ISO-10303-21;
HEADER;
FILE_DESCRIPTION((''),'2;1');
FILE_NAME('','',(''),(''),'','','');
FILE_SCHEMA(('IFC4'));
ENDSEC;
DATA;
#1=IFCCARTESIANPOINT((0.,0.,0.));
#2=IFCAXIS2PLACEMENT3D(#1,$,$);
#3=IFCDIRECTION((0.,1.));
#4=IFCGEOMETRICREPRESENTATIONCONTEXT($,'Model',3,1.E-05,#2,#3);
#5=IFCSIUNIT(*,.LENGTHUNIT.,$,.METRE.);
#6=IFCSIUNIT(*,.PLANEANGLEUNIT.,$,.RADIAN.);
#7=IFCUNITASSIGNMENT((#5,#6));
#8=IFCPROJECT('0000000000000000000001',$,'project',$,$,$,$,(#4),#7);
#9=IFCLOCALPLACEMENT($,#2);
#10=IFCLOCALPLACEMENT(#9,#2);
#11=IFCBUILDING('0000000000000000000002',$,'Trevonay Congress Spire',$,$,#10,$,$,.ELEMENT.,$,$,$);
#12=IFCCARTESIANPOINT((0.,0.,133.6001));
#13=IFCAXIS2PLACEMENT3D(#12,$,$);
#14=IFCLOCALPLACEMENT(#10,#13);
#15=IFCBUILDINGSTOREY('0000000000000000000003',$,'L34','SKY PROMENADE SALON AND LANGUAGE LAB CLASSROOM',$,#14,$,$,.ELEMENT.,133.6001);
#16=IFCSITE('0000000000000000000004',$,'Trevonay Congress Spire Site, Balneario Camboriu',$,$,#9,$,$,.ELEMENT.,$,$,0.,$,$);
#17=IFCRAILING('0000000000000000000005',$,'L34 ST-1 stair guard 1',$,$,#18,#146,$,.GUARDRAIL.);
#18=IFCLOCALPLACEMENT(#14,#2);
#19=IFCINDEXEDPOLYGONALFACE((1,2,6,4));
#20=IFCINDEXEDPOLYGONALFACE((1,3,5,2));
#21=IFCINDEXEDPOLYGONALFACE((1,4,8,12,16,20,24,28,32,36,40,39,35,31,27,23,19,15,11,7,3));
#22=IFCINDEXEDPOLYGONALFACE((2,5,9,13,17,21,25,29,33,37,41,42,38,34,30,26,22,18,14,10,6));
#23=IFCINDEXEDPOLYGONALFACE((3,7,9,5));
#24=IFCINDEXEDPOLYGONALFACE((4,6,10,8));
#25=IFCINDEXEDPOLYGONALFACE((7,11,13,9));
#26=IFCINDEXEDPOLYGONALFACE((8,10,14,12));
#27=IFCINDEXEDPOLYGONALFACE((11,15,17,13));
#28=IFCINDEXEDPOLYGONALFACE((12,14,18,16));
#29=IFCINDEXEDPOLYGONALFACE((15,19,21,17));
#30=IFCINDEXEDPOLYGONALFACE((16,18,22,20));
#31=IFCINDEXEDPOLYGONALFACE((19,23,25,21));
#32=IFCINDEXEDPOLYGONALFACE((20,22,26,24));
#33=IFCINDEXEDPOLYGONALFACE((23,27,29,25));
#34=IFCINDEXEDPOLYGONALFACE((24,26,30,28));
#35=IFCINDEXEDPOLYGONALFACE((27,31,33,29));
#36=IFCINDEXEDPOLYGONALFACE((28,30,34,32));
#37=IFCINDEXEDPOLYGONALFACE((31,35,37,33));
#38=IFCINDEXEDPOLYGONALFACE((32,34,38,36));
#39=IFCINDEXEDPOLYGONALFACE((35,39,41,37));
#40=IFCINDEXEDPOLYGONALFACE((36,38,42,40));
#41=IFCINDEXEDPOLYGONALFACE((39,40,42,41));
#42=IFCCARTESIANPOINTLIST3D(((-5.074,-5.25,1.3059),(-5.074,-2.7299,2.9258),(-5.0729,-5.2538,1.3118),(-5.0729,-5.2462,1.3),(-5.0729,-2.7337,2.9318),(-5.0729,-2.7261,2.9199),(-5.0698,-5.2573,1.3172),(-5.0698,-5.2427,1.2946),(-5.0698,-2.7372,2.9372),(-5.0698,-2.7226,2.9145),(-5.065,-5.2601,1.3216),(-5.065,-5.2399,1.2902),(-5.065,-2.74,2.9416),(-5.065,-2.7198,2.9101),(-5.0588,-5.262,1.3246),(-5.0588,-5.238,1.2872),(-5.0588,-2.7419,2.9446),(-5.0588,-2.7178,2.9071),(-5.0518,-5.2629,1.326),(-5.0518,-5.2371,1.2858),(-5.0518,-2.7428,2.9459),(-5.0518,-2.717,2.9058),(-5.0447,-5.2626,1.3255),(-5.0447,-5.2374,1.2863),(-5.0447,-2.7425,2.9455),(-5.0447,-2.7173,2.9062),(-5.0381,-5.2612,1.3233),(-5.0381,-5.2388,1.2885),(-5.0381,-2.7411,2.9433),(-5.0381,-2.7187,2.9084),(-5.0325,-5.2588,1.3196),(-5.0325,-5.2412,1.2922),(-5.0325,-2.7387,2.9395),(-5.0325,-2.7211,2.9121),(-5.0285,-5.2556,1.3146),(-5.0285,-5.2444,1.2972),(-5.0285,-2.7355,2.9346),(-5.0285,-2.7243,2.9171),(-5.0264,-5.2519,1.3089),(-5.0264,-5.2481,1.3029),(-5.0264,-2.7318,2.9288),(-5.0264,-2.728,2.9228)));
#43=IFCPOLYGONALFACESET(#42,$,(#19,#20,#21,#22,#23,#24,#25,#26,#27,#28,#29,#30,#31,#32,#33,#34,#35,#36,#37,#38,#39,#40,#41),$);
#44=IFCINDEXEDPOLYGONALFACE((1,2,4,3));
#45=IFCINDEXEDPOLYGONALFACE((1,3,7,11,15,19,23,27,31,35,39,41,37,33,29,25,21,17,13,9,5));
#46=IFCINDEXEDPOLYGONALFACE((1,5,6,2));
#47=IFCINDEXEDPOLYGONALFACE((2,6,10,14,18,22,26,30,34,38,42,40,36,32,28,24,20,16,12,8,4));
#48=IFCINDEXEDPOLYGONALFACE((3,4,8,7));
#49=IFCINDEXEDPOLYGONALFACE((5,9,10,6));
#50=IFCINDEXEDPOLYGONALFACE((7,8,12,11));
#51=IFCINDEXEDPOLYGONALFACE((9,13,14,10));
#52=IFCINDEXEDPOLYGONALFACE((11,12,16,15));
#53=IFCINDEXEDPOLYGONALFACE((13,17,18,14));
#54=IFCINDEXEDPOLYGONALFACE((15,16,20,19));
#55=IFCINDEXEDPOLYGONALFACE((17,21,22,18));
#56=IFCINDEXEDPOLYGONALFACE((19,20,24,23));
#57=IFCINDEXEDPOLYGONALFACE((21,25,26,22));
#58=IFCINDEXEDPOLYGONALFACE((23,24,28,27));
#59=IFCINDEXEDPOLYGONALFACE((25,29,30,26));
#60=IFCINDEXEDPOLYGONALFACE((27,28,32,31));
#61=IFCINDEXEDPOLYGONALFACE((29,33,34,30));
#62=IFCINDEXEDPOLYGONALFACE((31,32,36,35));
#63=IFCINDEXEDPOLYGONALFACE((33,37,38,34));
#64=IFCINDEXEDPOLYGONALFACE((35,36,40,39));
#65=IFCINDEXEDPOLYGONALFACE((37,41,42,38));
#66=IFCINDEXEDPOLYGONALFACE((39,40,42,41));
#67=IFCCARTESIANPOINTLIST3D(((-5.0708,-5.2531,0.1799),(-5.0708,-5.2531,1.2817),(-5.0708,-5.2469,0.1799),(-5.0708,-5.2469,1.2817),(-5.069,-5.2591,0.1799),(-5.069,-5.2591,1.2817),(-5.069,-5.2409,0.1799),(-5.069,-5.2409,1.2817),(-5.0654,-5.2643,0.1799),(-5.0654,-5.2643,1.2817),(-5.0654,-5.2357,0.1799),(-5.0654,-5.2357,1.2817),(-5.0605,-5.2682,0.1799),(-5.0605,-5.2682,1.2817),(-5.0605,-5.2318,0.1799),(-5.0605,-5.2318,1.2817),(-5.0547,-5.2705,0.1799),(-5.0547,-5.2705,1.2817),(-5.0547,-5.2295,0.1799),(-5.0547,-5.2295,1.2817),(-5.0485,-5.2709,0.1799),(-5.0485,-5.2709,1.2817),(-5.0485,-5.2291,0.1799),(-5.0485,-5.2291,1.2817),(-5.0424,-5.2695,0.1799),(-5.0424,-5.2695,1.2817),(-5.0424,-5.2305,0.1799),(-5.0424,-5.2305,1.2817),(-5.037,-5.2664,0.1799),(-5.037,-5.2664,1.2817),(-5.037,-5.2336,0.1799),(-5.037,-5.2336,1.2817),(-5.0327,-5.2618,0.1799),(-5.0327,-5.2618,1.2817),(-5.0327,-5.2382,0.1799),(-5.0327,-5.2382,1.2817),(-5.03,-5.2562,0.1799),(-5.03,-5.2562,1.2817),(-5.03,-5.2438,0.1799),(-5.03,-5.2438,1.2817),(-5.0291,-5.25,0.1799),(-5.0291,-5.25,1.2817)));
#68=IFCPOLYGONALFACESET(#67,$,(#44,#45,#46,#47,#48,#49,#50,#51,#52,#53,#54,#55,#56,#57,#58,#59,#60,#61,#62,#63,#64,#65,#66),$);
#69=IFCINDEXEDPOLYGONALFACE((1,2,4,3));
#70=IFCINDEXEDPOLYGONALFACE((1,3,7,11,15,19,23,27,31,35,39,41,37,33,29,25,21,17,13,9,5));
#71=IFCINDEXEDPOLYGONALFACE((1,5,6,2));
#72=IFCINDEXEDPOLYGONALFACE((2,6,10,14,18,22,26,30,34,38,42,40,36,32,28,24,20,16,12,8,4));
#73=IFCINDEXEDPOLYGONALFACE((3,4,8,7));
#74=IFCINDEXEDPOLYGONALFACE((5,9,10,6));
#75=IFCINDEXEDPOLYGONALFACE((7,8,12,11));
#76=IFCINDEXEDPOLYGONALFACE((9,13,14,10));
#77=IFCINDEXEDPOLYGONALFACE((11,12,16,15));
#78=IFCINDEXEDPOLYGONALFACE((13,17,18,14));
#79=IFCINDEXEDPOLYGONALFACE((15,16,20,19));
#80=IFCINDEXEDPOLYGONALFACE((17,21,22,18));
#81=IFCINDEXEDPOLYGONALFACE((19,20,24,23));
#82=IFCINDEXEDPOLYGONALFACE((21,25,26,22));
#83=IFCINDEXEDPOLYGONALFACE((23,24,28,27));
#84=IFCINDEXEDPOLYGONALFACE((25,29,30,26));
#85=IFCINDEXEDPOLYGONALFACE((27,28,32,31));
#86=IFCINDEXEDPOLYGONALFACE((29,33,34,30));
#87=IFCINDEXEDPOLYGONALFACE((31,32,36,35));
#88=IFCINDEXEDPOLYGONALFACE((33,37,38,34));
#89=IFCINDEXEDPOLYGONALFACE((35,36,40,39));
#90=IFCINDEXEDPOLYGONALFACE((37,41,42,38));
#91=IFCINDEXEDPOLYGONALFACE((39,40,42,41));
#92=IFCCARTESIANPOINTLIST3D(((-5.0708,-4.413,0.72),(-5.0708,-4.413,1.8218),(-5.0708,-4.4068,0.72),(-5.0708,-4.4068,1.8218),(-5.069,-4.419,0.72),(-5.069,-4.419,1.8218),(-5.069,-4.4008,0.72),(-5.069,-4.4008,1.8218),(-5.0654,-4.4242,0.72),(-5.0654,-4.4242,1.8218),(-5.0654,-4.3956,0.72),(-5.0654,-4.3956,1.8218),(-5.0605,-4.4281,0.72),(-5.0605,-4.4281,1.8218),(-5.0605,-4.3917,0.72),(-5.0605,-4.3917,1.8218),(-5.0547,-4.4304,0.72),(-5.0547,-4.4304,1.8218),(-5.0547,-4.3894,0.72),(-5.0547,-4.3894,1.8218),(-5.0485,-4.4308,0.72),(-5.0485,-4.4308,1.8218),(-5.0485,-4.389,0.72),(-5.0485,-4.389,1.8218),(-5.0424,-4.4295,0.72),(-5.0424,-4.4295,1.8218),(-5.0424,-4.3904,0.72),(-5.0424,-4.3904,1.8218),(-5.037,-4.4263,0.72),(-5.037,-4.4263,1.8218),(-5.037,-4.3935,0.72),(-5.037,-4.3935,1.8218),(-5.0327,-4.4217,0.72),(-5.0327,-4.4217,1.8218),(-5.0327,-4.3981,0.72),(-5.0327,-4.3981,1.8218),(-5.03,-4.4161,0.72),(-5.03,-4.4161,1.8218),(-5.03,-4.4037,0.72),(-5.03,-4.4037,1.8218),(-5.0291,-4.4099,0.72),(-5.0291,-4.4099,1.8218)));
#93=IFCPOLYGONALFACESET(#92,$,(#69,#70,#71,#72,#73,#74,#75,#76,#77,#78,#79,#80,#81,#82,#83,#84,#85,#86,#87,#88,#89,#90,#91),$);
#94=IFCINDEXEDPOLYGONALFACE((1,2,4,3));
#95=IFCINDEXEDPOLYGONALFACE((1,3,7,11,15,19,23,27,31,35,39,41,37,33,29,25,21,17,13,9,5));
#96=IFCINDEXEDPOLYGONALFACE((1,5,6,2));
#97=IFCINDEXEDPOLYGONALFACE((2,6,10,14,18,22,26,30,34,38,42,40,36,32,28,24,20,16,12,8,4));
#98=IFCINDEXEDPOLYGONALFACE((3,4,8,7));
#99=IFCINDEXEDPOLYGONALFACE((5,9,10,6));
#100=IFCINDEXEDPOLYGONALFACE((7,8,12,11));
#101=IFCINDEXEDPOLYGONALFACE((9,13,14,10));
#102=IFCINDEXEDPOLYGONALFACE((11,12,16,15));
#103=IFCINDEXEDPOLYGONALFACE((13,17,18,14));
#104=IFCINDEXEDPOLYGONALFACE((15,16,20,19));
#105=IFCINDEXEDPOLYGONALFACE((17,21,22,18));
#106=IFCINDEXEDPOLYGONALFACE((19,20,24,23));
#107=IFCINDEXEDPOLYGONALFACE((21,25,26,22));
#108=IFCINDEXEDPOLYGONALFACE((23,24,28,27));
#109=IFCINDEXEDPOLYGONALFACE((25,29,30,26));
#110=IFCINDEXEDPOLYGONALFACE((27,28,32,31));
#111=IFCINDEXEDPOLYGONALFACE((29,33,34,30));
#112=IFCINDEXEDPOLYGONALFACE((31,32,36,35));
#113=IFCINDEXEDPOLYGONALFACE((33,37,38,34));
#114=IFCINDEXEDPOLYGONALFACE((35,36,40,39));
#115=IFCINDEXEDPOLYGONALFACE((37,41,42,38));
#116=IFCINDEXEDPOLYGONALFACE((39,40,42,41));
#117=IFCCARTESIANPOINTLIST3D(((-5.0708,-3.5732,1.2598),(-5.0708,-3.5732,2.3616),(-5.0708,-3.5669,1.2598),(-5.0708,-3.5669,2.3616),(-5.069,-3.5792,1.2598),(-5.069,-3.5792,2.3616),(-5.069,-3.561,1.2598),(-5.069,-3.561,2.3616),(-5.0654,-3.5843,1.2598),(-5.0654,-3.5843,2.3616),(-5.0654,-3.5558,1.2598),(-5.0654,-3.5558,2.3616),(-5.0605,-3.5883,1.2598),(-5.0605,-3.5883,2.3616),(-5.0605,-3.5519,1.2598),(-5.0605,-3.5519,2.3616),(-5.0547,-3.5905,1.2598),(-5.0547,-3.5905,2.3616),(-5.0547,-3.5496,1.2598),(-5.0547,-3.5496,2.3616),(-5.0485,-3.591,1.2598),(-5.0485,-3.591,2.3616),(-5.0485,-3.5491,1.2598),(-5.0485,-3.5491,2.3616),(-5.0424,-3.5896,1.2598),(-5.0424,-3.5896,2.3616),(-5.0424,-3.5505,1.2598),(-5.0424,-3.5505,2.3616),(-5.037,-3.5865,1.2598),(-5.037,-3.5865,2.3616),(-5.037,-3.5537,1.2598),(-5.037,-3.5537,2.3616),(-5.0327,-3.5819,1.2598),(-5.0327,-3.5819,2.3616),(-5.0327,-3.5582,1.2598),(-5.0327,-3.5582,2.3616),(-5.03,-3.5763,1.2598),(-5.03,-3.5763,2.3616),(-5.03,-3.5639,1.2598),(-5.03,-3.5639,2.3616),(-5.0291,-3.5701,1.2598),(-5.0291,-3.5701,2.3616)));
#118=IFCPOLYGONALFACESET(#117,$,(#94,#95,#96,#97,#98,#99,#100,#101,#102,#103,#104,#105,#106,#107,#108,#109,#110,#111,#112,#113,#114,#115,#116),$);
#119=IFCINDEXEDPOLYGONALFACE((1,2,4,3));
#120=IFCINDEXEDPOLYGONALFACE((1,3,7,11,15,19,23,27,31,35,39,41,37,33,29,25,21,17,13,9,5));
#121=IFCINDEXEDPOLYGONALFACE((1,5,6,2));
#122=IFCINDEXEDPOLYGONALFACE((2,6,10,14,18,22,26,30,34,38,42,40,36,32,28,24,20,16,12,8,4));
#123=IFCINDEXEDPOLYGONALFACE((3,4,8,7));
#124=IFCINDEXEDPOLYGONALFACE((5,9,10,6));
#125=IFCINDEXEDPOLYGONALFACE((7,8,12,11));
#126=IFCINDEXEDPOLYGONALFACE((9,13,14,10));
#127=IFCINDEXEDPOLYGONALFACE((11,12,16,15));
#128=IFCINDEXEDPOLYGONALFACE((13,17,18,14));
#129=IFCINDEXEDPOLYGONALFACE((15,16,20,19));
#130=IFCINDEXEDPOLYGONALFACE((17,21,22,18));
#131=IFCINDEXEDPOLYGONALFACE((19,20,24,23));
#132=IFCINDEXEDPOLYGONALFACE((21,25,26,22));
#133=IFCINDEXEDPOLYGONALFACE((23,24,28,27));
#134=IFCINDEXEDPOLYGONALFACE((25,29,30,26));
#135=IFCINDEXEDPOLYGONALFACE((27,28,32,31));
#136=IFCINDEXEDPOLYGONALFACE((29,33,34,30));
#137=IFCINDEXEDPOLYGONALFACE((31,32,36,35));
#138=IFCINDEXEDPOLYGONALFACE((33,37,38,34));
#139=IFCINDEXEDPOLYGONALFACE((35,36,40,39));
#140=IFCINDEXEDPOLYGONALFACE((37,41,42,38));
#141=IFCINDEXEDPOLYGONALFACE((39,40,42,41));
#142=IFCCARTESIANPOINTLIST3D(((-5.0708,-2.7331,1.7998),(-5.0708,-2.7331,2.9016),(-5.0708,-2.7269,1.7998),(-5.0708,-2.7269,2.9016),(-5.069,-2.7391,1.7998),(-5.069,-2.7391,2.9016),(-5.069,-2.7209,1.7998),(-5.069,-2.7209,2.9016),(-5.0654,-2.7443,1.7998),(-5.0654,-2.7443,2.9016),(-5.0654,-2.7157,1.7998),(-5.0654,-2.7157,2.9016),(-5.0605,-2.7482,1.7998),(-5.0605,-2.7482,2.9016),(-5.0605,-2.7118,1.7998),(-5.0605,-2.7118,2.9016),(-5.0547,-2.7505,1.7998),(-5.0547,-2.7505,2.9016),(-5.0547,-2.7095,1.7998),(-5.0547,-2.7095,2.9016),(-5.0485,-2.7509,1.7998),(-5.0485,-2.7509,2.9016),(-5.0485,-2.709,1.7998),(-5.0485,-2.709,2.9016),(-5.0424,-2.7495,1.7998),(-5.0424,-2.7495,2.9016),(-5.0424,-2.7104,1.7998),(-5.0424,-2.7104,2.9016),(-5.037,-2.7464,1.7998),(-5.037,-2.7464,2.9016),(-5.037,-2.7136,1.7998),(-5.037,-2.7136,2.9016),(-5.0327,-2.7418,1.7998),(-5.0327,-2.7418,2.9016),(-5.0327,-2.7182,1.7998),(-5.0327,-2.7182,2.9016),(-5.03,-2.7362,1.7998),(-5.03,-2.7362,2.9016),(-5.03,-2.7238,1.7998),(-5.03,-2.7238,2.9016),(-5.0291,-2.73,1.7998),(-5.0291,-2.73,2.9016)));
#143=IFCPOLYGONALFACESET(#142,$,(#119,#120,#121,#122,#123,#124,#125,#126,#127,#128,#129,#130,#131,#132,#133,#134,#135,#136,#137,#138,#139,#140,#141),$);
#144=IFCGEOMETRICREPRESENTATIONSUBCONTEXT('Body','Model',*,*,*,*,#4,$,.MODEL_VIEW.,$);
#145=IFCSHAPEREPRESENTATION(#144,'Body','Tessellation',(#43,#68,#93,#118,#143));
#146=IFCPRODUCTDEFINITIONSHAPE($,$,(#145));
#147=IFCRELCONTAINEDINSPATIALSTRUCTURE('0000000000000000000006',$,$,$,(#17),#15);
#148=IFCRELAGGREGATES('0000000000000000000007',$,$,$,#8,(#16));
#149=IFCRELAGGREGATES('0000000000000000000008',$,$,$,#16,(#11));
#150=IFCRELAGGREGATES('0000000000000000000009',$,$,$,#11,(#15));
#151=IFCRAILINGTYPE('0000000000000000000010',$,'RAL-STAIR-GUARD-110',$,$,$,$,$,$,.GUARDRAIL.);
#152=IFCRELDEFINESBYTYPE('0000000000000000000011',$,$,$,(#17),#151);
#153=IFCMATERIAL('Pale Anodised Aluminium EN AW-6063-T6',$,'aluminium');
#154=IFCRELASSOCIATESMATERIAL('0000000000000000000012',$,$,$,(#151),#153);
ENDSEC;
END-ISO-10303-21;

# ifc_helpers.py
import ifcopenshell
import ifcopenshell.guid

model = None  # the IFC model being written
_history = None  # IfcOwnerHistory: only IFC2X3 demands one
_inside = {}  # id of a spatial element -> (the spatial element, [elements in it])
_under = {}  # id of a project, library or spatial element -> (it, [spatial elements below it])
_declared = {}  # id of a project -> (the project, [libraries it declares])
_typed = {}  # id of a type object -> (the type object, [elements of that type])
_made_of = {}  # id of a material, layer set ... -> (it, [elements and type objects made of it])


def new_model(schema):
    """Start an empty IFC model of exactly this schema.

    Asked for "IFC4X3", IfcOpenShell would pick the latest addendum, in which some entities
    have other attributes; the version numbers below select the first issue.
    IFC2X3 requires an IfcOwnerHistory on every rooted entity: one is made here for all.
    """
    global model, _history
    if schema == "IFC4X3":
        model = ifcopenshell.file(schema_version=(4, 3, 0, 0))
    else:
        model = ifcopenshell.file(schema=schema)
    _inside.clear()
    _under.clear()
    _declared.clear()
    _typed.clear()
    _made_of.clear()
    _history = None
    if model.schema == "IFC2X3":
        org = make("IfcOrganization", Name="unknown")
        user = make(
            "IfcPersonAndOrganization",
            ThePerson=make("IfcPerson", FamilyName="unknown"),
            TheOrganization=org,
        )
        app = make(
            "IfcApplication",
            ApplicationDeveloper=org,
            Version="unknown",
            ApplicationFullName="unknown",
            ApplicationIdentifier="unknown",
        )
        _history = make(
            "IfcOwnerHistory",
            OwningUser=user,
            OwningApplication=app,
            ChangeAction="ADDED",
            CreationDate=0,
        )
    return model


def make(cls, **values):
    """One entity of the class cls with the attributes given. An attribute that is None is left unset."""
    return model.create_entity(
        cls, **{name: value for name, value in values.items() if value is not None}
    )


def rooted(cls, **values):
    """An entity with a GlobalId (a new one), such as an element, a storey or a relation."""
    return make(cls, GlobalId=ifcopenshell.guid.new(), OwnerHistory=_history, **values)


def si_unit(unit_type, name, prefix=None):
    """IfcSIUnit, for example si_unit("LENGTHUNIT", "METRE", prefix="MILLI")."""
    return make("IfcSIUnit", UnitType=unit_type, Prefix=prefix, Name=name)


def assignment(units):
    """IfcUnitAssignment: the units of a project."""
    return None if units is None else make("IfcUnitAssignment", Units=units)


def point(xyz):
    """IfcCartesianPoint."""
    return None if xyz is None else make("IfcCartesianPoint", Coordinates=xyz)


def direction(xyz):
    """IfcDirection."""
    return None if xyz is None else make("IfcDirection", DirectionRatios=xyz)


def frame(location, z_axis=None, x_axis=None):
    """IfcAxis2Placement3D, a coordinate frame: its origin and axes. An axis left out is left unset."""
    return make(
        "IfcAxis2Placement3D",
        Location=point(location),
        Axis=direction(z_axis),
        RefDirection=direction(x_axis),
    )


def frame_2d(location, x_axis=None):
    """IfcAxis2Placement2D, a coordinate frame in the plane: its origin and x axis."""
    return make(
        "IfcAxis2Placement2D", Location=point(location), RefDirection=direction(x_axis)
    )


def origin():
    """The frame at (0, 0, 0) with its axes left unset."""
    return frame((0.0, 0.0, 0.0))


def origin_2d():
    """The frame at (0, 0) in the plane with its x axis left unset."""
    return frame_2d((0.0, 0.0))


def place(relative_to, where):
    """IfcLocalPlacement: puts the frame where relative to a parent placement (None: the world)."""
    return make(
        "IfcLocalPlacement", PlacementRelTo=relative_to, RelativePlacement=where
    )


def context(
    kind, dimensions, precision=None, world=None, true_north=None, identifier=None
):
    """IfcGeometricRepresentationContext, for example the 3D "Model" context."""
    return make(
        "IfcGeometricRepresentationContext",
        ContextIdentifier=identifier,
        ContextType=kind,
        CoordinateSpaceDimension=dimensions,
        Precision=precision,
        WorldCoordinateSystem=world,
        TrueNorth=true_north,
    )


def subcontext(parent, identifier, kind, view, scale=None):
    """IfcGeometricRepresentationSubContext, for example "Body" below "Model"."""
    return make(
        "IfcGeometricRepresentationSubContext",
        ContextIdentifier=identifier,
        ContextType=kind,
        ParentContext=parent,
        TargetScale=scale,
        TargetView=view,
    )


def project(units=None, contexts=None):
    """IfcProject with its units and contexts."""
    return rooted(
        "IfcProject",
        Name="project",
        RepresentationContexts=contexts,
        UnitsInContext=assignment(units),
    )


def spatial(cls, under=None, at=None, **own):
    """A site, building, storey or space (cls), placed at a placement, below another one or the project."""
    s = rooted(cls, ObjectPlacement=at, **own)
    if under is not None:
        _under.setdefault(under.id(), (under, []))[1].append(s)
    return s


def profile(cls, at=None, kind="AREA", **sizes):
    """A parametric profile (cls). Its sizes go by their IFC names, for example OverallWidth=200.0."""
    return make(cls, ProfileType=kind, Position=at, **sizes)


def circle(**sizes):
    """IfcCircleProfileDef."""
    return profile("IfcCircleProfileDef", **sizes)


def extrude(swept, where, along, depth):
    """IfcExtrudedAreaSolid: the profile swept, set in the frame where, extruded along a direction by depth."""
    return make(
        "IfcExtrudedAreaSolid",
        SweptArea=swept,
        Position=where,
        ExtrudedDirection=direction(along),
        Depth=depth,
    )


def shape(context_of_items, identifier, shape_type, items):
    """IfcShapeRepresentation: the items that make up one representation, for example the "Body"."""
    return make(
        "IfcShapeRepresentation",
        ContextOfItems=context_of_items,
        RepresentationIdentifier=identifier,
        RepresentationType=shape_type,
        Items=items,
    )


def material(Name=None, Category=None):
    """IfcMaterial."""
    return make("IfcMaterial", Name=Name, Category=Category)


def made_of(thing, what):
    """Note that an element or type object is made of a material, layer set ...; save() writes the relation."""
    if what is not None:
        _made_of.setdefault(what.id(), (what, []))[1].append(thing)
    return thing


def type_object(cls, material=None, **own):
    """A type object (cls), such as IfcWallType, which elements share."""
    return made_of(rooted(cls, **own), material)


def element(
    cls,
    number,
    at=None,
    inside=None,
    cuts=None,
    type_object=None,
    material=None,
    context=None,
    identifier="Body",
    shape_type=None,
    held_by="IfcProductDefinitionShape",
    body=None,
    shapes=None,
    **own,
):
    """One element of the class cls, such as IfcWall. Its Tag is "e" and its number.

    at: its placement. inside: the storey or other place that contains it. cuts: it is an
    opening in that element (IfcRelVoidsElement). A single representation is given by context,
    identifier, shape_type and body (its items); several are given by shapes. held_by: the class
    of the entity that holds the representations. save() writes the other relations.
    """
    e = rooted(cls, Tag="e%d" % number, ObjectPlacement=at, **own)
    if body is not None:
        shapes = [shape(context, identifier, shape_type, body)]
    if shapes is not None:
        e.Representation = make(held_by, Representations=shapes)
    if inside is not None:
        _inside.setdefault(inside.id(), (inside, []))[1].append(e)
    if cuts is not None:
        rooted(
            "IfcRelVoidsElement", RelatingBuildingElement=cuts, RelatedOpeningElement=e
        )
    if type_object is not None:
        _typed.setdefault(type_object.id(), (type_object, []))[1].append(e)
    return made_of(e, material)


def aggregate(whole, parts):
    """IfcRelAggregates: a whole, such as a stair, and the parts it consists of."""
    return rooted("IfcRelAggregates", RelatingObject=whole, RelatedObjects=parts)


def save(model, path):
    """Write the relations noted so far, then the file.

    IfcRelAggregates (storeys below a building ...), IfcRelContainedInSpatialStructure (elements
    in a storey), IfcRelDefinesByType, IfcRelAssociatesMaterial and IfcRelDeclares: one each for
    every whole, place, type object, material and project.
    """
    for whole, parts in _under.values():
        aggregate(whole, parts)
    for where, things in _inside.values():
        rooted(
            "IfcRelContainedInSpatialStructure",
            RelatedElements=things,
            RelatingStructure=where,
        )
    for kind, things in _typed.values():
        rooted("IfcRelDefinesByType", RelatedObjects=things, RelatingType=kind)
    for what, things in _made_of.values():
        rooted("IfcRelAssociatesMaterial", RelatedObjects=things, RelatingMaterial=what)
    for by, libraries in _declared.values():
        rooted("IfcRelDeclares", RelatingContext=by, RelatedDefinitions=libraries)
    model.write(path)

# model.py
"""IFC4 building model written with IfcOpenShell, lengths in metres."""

from ifc_helpers import new_model, si_unit, direction, frame, origin, origin_2d, place, context, subcontext, project, spatial, circle, extrude, material, type_object, element, save


model = new_model("IFC4")

# Units and contexts
model_context = context("Model", 3, precision=1e-05, world=origin(), true_north=direction((0.0, 1.0)))
body_context = subcontext(model_context, "Body", "Model", "MODEL_VIEW")
ifc_project = project(units=[si_unit("LENGTHUNIT", "METRE"), si_unit("PLANEANGLEUNIT", "RADIAN")], contexts=[model_context])

# Site, building, storey
site_placement = place(None, origin())
site = spatial("IfcSite", under=ifc_project, at=site_placement, Name="Trevonay Congress Spire Site, Balneario Camboriu", CompositionType="ELEMENT", RefElevation=0.0)
building_placement = place(site_placement, origin())
building = spatial("IfcBuilding", under=site, at=building_placement, Name="Trevonay Congress Spire", CompositionType="ELEMENT")
storey_placement = place(building_placement, frame((0.0, 0.0, 133.6001)))
storey = spatial("IfcBuildingStorey", under=building, at=storey_placement, Name="L34", Description="SKY PROMENADE SALON AND LANGUAGE LAB CLASSROOM", CompositionType="ELEMENT", Elevation=133.6001)

# Railing
ifc_material_1 = material(Name="Pale Anodised Aluminium EN AW-6063-T6", Category="aluminium")
railing_type_1 = type_object("IfcRailingType", Name="RAL-STAIR-GUARD-110", PredefinedType="GUARDRAIL", material=ifc_material_1)
railing_1_placement = place(storey_placement, frame((-5.05, -5.25, 0.1799)))
element("IfcRailing", 1, at=railing_1_placement, inside=storey, type_object=railing_type_1, Name="L34 ST-1 stair guard 1", PredefinedType="GUARDRAIL", context=body_context, shape_type="SweptSolid", body=[
    extrude(circle(Radius=0.0239, at=origin_2d()), frame((0.0, 0.0, 1.126), z_axis=(0.0, 0.8412, 0.540725), x_axis=(-1.0, 0.0, 0.0)), (0.0, 0.0, 1.0), 2.9958),
    extrude(circle(Radius=0.021, at=origin_2d()), origin(), (0.0, 0.0, 1.0), 1.1018),
    extrude(circle(Radius=0.021, at=origin_2d()), frame((0.0, 0.8401, 0.54)), (0.0, 0.0, 1.0), 1.1018),
    extrude(circle(Radius=0.021, at=origin_2d()), frame((0.0, 1.6799, 1.0798)), (0.0, 0.0, 1.0), 1.1018),
    extrude(circle(Radius=0.021, at=origin_2d()), frame((0.0, 2.52, 1.6199)), (0.0, 0.0, 1.0), 1.1018),
])

save(model, "model.ifc")
